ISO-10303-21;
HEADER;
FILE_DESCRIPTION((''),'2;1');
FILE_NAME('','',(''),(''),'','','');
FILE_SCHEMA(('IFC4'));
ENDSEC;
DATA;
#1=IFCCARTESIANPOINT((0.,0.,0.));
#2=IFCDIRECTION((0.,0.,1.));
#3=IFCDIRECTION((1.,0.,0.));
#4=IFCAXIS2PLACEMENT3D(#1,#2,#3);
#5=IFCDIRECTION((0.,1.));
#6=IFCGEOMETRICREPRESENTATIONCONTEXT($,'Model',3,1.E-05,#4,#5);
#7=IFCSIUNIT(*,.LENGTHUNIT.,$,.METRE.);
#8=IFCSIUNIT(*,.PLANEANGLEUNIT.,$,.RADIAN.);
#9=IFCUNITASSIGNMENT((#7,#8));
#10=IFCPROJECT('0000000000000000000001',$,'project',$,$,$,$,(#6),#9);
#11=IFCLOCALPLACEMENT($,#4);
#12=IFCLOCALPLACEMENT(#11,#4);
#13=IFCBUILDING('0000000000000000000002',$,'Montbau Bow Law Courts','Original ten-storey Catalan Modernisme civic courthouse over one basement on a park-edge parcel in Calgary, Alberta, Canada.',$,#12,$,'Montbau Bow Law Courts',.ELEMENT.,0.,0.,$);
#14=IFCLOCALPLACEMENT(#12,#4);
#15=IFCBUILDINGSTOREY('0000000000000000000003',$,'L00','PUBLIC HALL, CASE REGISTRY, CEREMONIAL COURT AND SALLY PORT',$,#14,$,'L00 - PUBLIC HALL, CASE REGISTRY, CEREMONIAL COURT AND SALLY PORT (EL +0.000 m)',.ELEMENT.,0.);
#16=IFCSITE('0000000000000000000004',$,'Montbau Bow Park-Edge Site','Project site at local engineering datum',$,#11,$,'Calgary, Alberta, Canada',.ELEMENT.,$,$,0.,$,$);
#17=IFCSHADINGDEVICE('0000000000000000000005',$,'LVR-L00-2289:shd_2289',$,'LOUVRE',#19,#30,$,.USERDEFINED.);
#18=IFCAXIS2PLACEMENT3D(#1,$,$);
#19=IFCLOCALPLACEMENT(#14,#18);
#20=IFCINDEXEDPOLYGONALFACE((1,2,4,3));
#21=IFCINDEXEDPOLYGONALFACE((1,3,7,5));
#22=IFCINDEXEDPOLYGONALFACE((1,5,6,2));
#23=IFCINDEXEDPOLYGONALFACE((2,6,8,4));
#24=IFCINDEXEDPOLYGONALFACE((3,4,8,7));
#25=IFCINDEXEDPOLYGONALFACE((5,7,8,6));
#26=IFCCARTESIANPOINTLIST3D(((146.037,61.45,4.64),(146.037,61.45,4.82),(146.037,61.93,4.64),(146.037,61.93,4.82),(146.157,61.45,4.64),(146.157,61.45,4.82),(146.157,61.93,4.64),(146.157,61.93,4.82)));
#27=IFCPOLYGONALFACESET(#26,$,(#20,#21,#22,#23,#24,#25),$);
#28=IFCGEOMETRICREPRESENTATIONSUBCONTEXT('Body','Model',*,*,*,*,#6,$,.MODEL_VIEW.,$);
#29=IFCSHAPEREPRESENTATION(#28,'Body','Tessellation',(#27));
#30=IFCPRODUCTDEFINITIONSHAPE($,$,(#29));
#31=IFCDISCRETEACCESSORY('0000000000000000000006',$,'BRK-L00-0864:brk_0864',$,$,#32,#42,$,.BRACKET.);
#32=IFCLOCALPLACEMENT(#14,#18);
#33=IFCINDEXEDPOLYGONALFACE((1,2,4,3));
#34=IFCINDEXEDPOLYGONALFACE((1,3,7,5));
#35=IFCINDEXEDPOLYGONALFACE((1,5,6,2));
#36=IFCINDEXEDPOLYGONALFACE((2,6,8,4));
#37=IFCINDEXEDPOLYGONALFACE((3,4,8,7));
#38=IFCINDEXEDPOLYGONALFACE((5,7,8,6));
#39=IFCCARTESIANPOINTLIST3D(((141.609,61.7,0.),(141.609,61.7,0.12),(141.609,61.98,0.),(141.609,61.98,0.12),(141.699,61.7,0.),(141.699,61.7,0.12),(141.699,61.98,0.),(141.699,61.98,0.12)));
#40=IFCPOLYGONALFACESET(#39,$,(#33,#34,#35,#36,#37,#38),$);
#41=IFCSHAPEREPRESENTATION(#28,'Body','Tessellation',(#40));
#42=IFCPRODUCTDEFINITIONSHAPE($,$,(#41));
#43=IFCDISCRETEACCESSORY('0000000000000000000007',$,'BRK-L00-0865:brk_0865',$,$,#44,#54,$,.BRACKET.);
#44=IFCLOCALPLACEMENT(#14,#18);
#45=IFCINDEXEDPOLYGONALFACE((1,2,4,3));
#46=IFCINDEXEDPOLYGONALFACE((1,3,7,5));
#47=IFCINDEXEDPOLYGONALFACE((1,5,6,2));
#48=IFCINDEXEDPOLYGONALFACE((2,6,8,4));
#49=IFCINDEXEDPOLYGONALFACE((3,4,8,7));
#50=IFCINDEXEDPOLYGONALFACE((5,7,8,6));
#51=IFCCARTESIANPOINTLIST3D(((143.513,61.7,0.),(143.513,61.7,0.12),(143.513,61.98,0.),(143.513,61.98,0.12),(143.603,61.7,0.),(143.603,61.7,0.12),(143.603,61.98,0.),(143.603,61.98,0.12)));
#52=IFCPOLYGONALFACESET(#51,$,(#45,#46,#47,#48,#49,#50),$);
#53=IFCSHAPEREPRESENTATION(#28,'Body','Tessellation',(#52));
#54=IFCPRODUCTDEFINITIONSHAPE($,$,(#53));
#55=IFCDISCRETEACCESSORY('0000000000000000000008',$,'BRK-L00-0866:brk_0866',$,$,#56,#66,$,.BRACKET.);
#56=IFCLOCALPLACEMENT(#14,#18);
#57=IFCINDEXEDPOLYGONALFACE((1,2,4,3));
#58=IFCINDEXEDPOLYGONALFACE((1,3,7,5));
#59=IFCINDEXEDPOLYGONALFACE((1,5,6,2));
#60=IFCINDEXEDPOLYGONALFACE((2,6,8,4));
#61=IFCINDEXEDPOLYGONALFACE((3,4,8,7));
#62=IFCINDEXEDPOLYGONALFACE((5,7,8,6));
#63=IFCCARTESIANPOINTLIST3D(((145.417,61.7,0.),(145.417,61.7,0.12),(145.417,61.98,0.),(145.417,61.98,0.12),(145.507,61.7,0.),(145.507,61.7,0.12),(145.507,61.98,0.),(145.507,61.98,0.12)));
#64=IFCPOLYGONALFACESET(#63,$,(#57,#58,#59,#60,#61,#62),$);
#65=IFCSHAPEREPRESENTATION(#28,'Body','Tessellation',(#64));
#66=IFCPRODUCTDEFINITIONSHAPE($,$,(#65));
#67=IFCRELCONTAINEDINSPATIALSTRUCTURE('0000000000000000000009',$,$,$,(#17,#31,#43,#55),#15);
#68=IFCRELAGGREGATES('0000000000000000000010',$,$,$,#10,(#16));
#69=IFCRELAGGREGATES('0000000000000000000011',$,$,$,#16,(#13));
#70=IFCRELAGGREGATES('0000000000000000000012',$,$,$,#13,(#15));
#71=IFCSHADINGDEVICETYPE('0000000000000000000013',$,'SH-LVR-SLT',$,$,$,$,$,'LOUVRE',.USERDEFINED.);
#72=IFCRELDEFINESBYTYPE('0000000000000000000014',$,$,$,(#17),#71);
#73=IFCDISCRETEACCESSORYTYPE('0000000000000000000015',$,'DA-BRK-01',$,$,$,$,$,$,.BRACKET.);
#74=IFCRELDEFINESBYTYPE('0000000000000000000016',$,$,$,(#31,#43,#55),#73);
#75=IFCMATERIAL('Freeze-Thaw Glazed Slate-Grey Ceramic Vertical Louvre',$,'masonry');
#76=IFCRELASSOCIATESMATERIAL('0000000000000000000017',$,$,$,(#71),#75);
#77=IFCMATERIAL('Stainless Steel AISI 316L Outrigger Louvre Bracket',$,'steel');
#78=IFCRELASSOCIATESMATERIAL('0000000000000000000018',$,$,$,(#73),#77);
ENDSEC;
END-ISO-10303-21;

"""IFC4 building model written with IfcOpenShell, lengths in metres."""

from ifc_helpers import new_model, si_unit, direction, frame, origin_with_axes, origin_2d_with_axis, place, context, subcontext, project, spatial, rectangle, extrude, material, type_object, element, save


model = new_model("IFC4")

# Units and contexts
model_context = context("Model", 3, precision=1e-05, world=origin_with_axes(), true_north=direction((0.0, 1.0)))
body_context = subcontext(model_context, "Body", "Model", "MODEL_VIEW")
ifc_project = project(units=[si_unit("LENGTHUNIT", "METRE"), si_unit("PLANEANGLEUNIT", "RADIAN")], contexts=[model_context])

# Site, building, storey
site_placement = place(None, origin_with_axes())
site = spatial("IfcSite", under=ifc_project, at=site_placement, Name="Montbau Bow Park-Edge Site", Description="Project site at local engineering datum", LongName="Calgary, Alberta, Canada", CompositionType="ELEMENT", RefElevation=0.0)
building_placement = place(site_placement, origin_with_axes())
building = spatial("IfcBuilding", under=site, at=building_placement, Name="Montbau Bow Law Courts", Description="Original ten-storey Catalan Modernisme civic courthouse over one basement on a park-edge parcel in Calgary, Alberta, Canada.", LongName="Montbau Bow Law Courts", CompositionType="ELEMENT", ElevationOfRefHeight=0.0, ElevationOfTerrain=0.0)
storey_placement = place(building_placement, origin_with_axes())
storey = spatial("IfcBuildingStorey", under=building, at=storey_placement, Name="L00", Description="PUBLIC HALL, CASE REGISTRY, CEREMONIAL COURT AND SALLY PORT", LongName="L00 - PUBLIC HALL, CASE REGISTRY, CEREMONIAL COURT AND SALLY PORT (EL +0.000 m)", CompositionType="ELEMENT", Elevation=0.0)

# Shared definitions
ifc_material_1 = material(Name="Freeze-Thaw Glazed Slate-Grey Ceramic Vertical Louvre", Category="masonry")

# Shading device
shading_device_type = type_object("IfcShadingDeviceType", Name="SH-LVR-SLT", ElementType="LOUVRE", PredefinedType="USERDEFINED", material=ifc_material_1)
for number, where, z_axis, x_axis, name in (
    (1, (146.097, 61.69, 4.64), (0.0, 0.0, 1.0), (0.0, -1.0, 0.0), "LVR-L00-2289:shd_2289"),
):
    element("IfcShadingDevice", number, at=place(None, frame(where, z_axis=z_axis, x_axis=x_axis)), inside=storey, type_object=shading_device_type, Name=name, ObjectType="LOUVRE", PredefinedType="USERDEFINED", context=body_context, shape_type="SweptSolid", body=[
        extrude(rectangle(XDim=0.48, YDim=0.12, at=origin_2d_with_axis()), origin_with_axes(), (0.0, 0.0, 1.0), 0.18),
    ])

# Discrete accessories
ifc_material_2 = material(Name="Stainless Steel AISI 316L Outrigger Louvre Bracket", Category="steel")
discrete_accessory_type = type_object("IfcDiscreteAccessoryType", Name="DA-BRK-01", PredefinedType="BRACKET", material=ifc_material_2)
for number, where, z_axis, x_axis, name in (
    (2, (141.654, 61.84, 0.0), (0.0, 0.0, 1.0), (0.0, -1.0, 0.0), "BRK-L00-0864:brk_0864"),
    (3, (143.558, 61.84, 0.0), (0.0, 0.0, 1.0), (0.0, -1.0, 0.0), "BRK-L00-0865:brk_0865"),
    (4, (145.462, 61.84, 0.0), (0.0, 0.0, 1.0), (0.0, -1.0, 0.0), "BRK-L00-0866:brk_0866"),
):
    element("IfcDiscreteAccessory", number, at=place(None, frame(where, z_axis=z_axis, x_axis=x_axis)), inside=storey, type_object=discrete_accessory_type, Name=name, PredefinedType="BRACKET", context=body_context, shape_type="SweptSolid", body=[
        extrude(rectangle(XDim=0.28, YDim=0.09, at=origin_2d_with_axis()), origin_with_axes(), (0.0, 0.0, 1.0), 0.12),
    ])

save(model, "model.ifc")
